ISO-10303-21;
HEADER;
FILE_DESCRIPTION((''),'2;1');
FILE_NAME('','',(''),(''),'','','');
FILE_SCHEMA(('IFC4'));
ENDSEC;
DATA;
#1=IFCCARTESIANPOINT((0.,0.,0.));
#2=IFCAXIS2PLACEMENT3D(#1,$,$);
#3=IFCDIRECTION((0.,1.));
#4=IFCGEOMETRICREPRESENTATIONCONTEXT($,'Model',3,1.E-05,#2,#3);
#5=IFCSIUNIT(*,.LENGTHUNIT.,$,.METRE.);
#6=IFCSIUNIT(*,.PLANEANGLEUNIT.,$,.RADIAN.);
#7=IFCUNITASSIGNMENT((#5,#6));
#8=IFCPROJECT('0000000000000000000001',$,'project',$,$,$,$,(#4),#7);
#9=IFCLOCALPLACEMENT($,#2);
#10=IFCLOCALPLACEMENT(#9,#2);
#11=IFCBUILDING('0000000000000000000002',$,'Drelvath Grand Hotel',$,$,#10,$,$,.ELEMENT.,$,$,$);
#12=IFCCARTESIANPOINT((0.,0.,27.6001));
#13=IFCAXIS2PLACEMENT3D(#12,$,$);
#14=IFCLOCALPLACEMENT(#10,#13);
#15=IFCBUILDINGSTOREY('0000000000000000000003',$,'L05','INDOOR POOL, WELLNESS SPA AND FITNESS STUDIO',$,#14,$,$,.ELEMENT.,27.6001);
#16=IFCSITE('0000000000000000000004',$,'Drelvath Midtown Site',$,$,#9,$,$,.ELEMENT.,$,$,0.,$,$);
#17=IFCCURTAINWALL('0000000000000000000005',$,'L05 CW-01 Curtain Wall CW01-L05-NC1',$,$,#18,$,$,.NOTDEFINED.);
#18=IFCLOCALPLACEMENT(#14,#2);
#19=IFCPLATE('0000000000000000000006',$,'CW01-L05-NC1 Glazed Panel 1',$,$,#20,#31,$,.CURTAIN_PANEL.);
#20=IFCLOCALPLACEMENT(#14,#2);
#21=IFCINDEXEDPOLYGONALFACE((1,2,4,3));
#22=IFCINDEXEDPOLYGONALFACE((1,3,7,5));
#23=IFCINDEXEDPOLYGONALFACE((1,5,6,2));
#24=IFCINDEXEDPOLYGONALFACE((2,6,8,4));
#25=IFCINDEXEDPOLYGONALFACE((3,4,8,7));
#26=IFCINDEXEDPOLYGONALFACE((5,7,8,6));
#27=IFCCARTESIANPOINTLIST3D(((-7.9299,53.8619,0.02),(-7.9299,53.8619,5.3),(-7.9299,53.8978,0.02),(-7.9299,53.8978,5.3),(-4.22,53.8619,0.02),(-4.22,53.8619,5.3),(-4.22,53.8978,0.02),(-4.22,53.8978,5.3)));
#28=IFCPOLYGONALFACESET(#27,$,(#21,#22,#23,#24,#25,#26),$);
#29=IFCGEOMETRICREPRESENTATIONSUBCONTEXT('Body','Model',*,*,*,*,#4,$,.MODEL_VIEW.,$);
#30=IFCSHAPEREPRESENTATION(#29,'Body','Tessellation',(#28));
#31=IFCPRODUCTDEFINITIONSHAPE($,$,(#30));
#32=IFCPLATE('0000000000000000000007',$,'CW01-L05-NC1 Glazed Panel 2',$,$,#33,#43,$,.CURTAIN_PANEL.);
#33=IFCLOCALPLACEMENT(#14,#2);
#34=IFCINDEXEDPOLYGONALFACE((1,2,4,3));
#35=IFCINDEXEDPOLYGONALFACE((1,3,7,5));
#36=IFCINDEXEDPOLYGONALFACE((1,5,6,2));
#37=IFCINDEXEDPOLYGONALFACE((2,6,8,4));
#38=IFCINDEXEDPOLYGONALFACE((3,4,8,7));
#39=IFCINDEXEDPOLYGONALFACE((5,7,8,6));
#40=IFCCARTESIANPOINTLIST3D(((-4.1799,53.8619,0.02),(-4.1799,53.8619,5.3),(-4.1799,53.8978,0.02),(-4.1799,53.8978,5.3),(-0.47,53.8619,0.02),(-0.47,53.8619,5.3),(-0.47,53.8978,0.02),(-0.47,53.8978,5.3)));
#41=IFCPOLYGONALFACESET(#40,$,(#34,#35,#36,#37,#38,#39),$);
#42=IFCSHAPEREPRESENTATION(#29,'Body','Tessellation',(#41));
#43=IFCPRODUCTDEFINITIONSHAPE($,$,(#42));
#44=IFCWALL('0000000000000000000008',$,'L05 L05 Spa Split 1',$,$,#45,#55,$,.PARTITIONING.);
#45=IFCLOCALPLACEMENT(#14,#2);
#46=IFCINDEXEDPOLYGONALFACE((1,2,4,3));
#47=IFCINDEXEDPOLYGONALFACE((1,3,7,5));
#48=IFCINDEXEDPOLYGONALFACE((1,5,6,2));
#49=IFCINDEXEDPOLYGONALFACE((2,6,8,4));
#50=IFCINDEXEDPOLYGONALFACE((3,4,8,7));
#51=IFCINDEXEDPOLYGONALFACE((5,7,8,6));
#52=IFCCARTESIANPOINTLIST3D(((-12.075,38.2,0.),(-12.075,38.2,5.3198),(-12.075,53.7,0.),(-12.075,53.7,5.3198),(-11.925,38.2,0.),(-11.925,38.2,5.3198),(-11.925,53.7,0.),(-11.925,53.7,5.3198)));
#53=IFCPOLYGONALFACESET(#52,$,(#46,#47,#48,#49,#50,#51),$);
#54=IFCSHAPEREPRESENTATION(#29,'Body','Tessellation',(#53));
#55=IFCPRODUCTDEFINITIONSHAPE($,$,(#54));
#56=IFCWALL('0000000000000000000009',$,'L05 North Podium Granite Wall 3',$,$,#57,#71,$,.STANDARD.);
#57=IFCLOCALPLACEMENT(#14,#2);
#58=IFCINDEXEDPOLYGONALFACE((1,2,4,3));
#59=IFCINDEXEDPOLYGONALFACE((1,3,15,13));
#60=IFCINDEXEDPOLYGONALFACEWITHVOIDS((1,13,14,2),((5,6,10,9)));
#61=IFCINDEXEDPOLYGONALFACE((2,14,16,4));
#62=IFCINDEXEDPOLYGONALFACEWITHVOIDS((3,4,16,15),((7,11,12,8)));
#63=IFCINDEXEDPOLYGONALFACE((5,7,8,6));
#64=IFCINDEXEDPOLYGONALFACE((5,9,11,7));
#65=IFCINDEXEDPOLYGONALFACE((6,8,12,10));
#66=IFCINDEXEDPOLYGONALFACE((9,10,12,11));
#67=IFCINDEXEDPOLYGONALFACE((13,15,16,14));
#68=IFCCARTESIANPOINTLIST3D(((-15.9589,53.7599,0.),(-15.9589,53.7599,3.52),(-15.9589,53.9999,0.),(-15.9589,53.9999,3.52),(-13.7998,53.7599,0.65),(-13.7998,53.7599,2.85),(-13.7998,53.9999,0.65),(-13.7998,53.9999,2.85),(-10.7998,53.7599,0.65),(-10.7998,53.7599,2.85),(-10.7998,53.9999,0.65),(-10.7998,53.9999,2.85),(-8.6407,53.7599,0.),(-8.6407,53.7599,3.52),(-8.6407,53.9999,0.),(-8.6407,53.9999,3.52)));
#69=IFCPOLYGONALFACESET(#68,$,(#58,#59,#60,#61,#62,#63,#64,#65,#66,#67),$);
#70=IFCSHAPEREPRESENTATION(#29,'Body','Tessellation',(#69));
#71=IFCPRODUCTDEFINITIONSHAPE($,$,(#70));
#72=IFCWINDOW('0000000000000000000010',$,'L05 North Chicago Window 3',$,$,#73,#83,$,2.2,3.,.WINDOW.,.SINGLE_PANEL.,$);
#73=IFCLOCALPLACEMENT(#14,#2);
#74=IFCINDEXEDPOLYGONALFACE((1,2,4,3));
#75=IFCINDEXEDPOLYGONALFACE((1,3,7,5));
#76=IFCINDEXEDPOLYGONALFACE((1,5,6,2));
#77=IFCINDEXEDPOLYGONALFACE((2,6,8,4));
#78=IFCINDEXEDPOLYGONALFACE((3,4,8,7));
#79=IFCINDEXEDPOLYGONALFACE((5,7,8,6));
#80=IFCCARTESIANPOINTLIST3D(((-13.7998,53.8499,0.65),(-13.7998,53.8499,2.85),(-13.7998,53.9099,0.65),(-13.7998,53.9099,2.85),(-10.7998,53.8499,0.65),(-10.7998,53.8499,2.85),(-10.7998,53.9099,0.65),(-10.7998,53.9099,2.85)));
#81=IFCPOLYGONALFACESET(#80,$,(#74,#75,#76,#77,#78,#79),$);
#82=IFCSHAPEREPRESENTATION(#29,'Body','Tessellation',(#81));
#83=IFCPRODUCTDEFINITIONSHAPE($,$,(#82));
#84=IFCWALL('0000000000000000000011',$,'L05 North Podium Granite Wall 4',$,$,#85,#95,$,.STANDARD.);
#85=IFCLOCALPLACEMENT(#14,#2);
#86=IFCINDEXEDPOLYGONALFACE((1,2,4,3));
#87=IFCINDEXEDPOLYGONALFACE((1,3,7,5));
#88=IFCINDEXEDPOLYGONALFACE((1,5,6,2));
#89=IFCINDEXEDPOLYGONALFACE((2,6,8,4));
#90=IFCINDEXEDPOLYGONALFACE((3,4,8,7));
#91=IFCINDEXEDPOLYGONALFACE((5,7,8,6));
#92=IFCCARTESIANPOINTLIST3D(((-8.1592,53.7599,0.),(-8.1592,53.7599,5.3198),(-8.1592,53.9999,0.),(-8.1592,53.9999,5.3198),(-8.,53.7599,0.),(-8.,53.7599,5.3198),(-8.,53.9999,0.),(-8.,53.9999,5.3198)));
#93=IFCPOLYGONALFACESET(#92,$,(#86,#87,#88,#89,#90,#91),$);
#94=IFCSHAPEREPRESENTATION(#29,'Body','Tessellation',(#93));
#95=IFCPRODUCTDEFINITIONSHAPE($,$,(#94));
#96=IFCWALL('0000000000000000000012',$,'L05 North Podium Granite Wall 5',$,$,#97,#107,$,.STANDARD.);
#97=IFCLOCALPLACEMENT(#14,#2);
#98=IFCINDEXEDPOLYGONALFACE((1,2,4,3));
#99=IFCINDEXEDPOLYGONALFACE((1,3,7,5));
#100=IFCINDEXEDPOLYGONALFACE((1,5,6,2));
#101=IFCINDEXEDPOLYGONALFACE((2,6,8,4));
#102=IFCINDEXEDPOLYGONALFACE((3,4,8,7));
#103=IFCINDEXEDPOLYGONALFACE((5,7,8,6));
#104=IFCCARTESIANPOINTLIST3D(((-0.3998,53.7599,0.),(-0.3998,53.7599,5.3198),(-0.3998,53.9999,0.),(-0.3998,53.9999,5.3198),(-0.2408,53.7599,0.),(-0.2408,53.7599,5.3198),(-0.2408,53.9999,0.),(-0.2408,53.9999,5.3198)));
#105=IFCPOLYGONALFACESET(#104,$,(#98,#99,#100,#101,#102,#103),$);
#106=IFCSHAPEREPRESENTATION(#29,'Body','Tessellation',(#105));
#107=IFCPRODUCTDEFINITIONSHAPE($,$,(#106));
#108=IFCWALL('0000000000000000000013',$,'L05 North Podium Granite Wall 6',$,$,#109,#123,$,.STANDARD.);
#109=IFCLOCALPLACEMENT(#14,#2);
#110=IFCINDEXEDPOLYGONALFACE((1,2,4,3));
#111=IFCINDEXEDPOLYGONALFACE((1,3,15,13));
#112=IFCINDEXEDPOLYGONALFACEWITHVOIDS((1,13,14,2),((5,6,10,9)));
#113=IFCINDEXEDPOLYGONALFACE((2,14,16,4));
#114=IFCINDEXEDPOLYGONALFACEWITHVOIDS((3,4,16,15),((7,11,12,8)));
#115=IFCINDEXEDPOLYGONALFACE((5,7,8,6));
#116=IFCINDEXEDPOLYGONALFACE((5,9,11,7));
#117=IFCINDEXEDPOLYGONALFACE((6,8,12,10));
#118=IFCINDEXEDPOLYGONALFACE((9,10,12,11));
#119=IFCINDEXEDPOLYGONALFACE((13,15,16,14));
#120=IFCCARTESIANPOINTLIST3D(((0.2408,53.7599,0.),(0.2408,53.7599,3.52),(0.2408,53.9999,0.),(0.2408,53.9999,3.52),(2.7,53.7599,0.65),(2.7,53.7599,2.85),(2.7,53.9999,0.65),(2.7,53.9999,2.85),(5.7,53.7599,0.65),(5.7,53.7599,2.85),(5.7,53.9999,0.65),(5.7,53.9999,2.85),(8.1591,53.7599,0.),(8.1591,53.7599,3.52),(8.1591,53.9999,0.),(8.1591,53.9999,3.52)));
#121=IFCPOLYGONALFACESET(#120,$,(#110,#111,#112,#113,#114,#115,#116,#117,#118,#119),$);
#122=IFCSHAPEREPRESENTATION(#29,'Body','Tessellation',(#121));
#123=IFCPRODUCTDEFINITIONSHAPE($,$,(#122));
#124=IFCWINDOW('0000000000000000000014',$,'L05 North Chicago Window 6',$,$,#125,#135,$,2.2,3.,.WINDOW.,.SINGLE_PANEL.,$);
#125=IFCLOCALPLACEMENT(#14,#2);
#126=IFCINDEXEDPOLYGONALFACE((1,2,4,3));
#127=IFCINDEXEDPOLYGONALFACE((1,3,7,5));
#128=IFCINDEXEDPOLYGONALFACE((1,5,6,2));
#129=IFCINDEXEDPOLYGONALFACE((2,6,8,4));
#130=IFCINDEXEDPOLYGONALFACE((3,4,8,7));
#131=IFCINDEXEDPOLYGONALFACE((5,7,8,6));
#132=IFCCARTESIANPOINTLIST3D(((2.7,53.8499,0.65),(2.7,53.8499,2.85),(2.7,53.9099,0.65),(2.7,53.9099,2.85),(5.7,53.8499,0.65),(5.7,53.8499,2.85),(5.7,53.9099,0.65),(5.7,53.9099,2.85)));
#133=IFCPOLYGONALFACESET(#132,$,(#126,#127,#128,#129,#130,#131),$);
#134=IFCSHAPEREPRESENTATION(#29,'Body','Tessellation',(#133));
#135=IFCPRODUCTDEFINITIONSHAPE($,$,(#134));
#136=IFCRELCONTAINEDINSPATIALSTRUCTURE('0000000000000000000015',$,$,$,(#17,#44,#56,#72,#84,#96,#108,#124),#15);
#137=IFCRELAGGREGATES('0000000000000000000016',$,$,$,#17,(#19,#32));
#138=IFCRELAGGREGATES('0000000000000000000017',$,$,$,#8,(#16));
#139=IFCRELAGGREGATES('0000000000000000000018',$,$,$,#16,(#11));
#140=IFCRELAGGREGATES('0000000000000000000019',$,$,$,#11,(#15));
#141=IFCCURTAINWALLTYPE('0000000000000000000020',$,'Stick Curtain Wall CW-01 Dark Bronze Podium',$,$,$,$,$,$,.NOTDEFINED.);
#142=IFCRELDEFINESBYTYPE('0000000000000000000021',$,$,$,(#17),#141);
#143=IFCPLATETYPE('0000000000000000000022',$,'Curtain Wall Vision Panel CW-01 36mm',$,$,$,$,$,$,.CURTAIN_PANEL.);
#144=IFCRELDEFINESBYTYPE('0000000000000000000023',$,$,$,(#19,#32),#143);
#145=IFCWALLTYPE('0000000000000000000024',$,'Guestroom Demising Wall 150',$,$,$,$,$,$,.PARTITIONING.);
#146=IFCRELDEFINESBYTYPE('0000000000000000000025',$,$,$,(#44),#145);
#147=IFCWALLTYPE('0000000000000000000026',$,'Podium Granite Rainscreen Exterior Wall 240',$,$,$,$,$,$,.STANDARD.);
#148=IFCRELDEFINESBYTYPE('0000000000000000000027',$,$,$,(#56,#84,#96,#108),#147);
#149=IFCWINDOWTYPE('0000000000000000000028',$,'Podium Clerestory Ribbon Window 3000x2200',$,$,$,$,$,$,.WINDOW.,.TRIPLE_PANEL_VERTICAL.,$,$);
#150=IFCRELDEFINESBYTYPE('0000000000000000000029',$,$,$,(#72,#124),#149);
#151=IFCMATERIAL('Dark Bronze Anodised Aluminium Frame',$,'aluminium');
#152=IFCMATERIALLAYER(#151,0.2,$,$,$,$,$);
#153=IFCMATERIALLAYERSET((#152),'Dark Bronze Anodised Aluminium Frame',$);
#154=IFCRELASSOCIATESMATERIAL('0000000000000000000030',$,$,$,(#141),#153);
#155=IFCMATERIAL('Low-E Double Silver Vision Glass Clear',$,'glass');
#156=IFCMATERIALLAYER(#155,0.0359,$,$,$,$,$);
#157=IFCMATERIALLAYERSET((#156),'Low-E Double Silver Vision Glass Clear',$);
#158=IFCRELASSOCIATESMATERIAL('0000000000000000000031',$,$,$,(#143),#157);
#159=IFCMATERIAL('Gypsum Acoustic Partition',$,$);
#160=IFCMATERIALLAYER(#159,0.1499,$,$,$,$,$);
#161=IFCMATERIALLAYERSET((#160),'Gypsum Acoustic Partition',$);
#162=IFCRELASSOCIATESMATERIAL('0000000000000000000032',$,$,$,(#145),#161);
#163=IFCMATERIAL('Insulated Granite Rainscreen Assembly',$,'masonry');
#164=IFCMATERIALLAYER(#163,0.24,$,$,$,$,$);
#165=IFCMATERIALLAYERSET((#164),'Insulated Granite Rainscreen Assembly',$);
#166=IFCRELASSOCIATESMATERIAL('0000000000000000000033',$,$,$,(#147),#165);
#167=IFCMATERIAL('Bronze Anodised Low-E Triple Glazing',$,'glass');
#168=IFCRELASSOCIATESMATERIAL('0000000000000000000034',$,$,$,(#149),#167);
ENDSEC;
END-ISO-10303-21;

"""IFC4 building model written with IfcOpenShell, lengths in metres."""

from ifc_helpers import new_model, si_unit, direction, frame, frame_2d, origin, origin_2d, place, context, subcontext, project, spatial, rectangle, extrude, material, layer, layer_set, type_object, element, fill, aggregate, save


model = new_model("IFC4")

# Units and contexts
model_context = context("Model", 3, precision=1e-05, world=origin(), true_north=direction((0.0, 1.0)))
body_context = subcontext(model_context, "Body", "Model", "MODEL_VIEW")
ifc_project = project(units=[si_unit("LENGTHUNIT", "METRE"), si_unit("PLANEANGLEUNIT", "RADIAN")], contexts=[model_context])

# Site, building, storey
site_placement = place(None, origin())
site = spatial("IfcSite", under=ifc_project, at=site_placement, Name="Drelvath Midtown Site", CompositionType="ELEMENT", RefElevation=0.0)
building_placement = place(site_placement, origin())
building = spatial("IfcBuilding", under=site, at=building_placement, Name="Drelvath Grand Hotel", CompositionType="ELEMENT")
storey_placement = place(building_placement, frame((0.0, 0.0, 27.6001)))
storey = spatial("IfcBuildingStorey", under=building, at=storey_placement, Name="L05", Description="INDOOR POOL, WELLNESS SPA AND FITNESS STUDIO", CompositionType="ELEMENT", Elevation=27.6001)

# Curtain wall
ifc_material_1 = material(Name="Dark Bronze Anodised Aluminium Frame", Category="aluminium")
ifc_layer_1 = layer(ifc_material_1, 0.2)
ifc_layer_set_1 = layer_set([ifc_layer_1], Name="Dark Bronze Anodised Aluminium Frame")
curtain_wall_type = type_object("IfcCurtainWallType", Name="Stick Curtain Wall CW-01 Dark Bronze Podium", PredefinedType="NOTDEFINED", material=ifc_layer_set_1)
curtain_wall_placement = place(storey_placement, origin())
curtain_wall = element("IfcCurtainWall", 1, at=curtain_wall_placement, inside=storey, type_object=curtain_wall_type, Name="L05 CW-01 Curtain Wall CW01-L05-NC1", PredefinedType="NOTDEFINED")

# Plates
ifc_material_2 = material(Name="Low-E Double Silver Vision Glass Clear", Category="glass")
ifc_layer_2 = layer(ifc_material_2, 0.0359)
ifc_layer_set_2 = layer_set([ifc_layer_2], Name="Low-E Double Silver Vision Glass Clear")
plate_type = type_object("IfcPlateType", Name="Curtain Wall Vision Panel CW-01 36mm", PredefinedType="CURTAIN_PANEL", material=ifc_layer_set_2)
plate_1_placement = place(storey_placement, frame((-6.075, 53.8799, 0.02), z_axis=(0.0, 0.0, 1.0), x_axis=(1.0, 0.0, 0.0)))
plate_1 = element("IfcPlate", 2, at=plate_1_placement, type_object=plate_type, Name="CW01-L05-NC1 Glazed Panel 1", PredefinedType="CURTAIN_PANEL", context=body_context, shape_type="SweptSolid", body=[
    extrude(rectangle(XDim=3.71, YDim=0.0359, at=origin_2d()), origin(), (0.0, 0.0, 1.0), 5.28),
])
plate_2_placement = place(storey_placement, frame((-2.325, 53.8799, 0.02), z_axis=(0.0, 0.0, 1.0), x_axis=(1.0, 0.0, 0.0)))
plate_2 = element("IfcPlate", 3, at=plate_2_placement, type_object=plate_type, Name="CW01-L05-NC1 Glazed Panel 2", PredefinedType="CURTAIN_PANEL", context=body_context, shape_type="SweptSolid", body=[
    extrude(rectangle(XDim=3.71, YDim=0.0359, at=origin_2d()), origin(), (0.0, 0.0, 1.0), 5.28),
])
aggregate(curtain_wall, [plate_1, plate_2])

# Wall
ifc_material_3 = material(Name="Gypsum Acoustic Partition")
ifc_layer_3 = layer(ifc_material_3, 0.1499)
ifc_layer_set_3 = layer_set([ifc_layer_3], Name="Gypsum Acoustic Partition")
wall_type_1 = type_object("IfcWallType", Name="Guestroom Demising Wall 150", PredefinedType="PARTITIONING", material=ifc_layer_set_3)
wall_1_placement = place(storey_placement, frame((-12.0, 38.2, 0.0), z_axis=(0.0, 0.0, 1.0), x_axis=(0.0, 1.0, 0.0)))
element("IfcWall", 4, at=wall_1_placement, inside=storey, type_object=wall_type_1, Name="L05 L05 Spa Split 1", PredefinedType="PARTITIONING", context=body_context, shape_type="SweptSolid", body=[
    extrude(rectangle(XDim=15.5, YDim=0.1499, at=frame_2d((7.75, 0.0))), origin(), (0.0, 0.0, 1.0), 5.3198),
])

# Wall, opening, window
ifc_material_4 = material(Name="Insulated Granite Rainscreen Assembly", Category="masonry")
ifc_layer_4 = layer(ifc_material_4, 0.24)
ifc_layer_set_4 = layer_set([ifc_layer_4], Name="Insulated Granite Rainscreen Assembly")
wall_type_2 = type_object("IfcWallType", Name="Podium Granite Rainscreen Exterior Wall 240", PredefinedType="STANDARD", material=ifc_layer_set_4)
wall_2_placement = place(storey_placement, frame((-15.959, 53.8799, 0.0), z_axis=(0.0, 0.0, 1.0), x_axis=(1.0, 0.0, 0.0)))
wall_2 = element("IfcWall", 5, at=wall_2_placement, inside=storey, type_object=wall_type_2, Name="L05 North Podium Granite Wall 3", PredefinedType="STANDARD", context=body_context, shape_type="SweptSolid", body=[
    extrude(rectangle(XDim=7.3181, YDim=0.24, at=frame_2d((3.6592, 0.0))), origin(), (0.0, 0.0, 1.0), 3.52),
])
opening_1_placement = place(wall_2_placement, frame((2.1592, 0.0, 0.6499)))
opening_1 = element("IfcOpeningElement", 6, at=opening_1_placement, cuts=wall_2, PredefinedType="OPENING", context=body_context, shape_type="SweptSolid", body=[
    extrude(rectangle(XDim=3.0, YDim=2.2, at=frame_2d((1.5, 1.1001))), frame((0.0, 0.1299, 0.0), z_axis=(0.0, -1.0, 0.0), x_axis=(1.0, 0.0, 0.0)), (0.0, 0.0, 1.0), 0.26),
])
ifc_material_5 = material(Name="Bronze Anodised Low-E Triple Glazing", Category="glass")
window_type = type_object("IfcWindowType", Name="Podium Clerestory Ribbon Window 3000x2200", PartitioningType="TRIPLE_PANEL_VERTICAL", PredefinedType="WINDOW", material=ifc_material_5)
window_1_placement = place(opening_1_placement, origin())
window_1 = element("IfcWindow", 7, at=window_1_placement, inside=storey, type_object=window_type, Name="L05 North Chicago Window 3", OverallHeight=2.2, OverallWidth=3.0, PartitioningType="SINGLE_PANEL", PredefinedType="WINDOW", context=body_context, shape_type="SweptSolid", body=[
    extrude(rectangle(XDim=3.0, YDim=2.2, at=frame_2d((1.5, 1.1001))), frame((0.0, 0.03, 0.0), z_axis=(0.0, -1.0, 0.0), x_axis=(1.0, 0.0, 0.0)), (0.0, 0.0, 1.0), 0.0601),
])
fill(opening_1, window_1)

# Walls
wall_3_placement = place(storey_placement, frame((-8.1592, 53.8799, 0.0), z_axis=(0.0, 0.0, 1.0), x_axis=(1.0, 0.0, 0.0)))
element("IfcWall", 8, at=wall_3_placement, inside=storey, type_object=wall_type_2, Name="L05 North Podium Granite Wall 4", PredefinedType="STANDARD", context=body_context, shape_type="SweptSolid", body=[
    extrude(rectangle(XDim=0.1592, YDim=0.24, at=frame_2d((0.0796, 0.0))), origin(), (0.0, 0.0, 1.0), 5.3198),
])
wall_4_placement = place(storey_placement, frame((-0.3999, 53.8799, 0.0), z_axis=(0.0, 0.0, 1.0), x_axis=(1.0, 0.0, 0.0)))
element("IfcWall", 9, at=wall_4_placement, inside=storey, type_object=wall_type_2, Name="L05 North Podium Granite Wall 5", PredefinedType="STANDARD", context=body_context, shape_type="SweptSolid", body=[
    extrude(rectangle(XDim=0.1589, YDim=0.24, at=frame_2d((0.0796, 0.0))), origin(), (0.0, 0.0, 1.0), 5.3198),
])

# Wall, opening, window
wall_5_placement = place(storey_placement, frame((0.241, 53.8799, 0.0), z_axis=(0.0, 0.0, 1.0), x_axis=(1.0, 0.0, 0.0)))
wall_5 = element("IfcWall", 10, at=wall_5_placement, inside=storey, type_object=wall_type_2, Name="L05 North Podium Granite Wall 6", PredefinedType="STANDARD", context=body_context, shape_type="SweptSolid", body=[
    extrude(rectangle(XDim=7.9182, YDim=0.24, at=frame_2d((3.959, 0.0))), origin(), (0.0, 0.0, 1.0), 3.52),
])
opening_2_placement = place(wall_5_placement, frame((2.459, 0.0, 0.6499)))
opening_2 = element("IfcOpeningElement", 11, at=opening_2_placement, cuts=wall_5, PredefinedType="OPENING", context=body_context, shape_type="SweptSolid", body=[
    extrude(rectangle(XDim=3.0, YDim=2.2, at=frame_2d((1.5, 1.1001))), frame((0.0, 0.1299, 0.0), z_axis=(0.0, -1.0, 0.0), x_axis=(1.0, 0.0, 0.0)), (0.0, 0.0, 1.0), 0.26),
])
window_2_placement = place(opening_2_placement, origin())
window_2 = element("IfcWindow", 12, at=window_2_placement, inside=storey, type_object=window_type, Name="L05 North Chicago Window 6", OverallHeight=2.2, OverallWidth=3.0, PartitioningType="SINGLE_PANEL", PredefinedType="WINDOW", context=body_context, shape_type="SweptSolid", body=[
    extrude(rectangle(XDim=3.0, YDim=2.2, at=frame_2d((1.5, 1.1001))), frame((0.0, 0.03, 0.0), z_axis=(0.0, -1.0, 0.0), x_axis=(1.0, 0.0, 0.0)), (0.0, 0.0, 1.0), 0.0601),
])
fill(opening_2, window_2)

save(model, "model.ifc")
